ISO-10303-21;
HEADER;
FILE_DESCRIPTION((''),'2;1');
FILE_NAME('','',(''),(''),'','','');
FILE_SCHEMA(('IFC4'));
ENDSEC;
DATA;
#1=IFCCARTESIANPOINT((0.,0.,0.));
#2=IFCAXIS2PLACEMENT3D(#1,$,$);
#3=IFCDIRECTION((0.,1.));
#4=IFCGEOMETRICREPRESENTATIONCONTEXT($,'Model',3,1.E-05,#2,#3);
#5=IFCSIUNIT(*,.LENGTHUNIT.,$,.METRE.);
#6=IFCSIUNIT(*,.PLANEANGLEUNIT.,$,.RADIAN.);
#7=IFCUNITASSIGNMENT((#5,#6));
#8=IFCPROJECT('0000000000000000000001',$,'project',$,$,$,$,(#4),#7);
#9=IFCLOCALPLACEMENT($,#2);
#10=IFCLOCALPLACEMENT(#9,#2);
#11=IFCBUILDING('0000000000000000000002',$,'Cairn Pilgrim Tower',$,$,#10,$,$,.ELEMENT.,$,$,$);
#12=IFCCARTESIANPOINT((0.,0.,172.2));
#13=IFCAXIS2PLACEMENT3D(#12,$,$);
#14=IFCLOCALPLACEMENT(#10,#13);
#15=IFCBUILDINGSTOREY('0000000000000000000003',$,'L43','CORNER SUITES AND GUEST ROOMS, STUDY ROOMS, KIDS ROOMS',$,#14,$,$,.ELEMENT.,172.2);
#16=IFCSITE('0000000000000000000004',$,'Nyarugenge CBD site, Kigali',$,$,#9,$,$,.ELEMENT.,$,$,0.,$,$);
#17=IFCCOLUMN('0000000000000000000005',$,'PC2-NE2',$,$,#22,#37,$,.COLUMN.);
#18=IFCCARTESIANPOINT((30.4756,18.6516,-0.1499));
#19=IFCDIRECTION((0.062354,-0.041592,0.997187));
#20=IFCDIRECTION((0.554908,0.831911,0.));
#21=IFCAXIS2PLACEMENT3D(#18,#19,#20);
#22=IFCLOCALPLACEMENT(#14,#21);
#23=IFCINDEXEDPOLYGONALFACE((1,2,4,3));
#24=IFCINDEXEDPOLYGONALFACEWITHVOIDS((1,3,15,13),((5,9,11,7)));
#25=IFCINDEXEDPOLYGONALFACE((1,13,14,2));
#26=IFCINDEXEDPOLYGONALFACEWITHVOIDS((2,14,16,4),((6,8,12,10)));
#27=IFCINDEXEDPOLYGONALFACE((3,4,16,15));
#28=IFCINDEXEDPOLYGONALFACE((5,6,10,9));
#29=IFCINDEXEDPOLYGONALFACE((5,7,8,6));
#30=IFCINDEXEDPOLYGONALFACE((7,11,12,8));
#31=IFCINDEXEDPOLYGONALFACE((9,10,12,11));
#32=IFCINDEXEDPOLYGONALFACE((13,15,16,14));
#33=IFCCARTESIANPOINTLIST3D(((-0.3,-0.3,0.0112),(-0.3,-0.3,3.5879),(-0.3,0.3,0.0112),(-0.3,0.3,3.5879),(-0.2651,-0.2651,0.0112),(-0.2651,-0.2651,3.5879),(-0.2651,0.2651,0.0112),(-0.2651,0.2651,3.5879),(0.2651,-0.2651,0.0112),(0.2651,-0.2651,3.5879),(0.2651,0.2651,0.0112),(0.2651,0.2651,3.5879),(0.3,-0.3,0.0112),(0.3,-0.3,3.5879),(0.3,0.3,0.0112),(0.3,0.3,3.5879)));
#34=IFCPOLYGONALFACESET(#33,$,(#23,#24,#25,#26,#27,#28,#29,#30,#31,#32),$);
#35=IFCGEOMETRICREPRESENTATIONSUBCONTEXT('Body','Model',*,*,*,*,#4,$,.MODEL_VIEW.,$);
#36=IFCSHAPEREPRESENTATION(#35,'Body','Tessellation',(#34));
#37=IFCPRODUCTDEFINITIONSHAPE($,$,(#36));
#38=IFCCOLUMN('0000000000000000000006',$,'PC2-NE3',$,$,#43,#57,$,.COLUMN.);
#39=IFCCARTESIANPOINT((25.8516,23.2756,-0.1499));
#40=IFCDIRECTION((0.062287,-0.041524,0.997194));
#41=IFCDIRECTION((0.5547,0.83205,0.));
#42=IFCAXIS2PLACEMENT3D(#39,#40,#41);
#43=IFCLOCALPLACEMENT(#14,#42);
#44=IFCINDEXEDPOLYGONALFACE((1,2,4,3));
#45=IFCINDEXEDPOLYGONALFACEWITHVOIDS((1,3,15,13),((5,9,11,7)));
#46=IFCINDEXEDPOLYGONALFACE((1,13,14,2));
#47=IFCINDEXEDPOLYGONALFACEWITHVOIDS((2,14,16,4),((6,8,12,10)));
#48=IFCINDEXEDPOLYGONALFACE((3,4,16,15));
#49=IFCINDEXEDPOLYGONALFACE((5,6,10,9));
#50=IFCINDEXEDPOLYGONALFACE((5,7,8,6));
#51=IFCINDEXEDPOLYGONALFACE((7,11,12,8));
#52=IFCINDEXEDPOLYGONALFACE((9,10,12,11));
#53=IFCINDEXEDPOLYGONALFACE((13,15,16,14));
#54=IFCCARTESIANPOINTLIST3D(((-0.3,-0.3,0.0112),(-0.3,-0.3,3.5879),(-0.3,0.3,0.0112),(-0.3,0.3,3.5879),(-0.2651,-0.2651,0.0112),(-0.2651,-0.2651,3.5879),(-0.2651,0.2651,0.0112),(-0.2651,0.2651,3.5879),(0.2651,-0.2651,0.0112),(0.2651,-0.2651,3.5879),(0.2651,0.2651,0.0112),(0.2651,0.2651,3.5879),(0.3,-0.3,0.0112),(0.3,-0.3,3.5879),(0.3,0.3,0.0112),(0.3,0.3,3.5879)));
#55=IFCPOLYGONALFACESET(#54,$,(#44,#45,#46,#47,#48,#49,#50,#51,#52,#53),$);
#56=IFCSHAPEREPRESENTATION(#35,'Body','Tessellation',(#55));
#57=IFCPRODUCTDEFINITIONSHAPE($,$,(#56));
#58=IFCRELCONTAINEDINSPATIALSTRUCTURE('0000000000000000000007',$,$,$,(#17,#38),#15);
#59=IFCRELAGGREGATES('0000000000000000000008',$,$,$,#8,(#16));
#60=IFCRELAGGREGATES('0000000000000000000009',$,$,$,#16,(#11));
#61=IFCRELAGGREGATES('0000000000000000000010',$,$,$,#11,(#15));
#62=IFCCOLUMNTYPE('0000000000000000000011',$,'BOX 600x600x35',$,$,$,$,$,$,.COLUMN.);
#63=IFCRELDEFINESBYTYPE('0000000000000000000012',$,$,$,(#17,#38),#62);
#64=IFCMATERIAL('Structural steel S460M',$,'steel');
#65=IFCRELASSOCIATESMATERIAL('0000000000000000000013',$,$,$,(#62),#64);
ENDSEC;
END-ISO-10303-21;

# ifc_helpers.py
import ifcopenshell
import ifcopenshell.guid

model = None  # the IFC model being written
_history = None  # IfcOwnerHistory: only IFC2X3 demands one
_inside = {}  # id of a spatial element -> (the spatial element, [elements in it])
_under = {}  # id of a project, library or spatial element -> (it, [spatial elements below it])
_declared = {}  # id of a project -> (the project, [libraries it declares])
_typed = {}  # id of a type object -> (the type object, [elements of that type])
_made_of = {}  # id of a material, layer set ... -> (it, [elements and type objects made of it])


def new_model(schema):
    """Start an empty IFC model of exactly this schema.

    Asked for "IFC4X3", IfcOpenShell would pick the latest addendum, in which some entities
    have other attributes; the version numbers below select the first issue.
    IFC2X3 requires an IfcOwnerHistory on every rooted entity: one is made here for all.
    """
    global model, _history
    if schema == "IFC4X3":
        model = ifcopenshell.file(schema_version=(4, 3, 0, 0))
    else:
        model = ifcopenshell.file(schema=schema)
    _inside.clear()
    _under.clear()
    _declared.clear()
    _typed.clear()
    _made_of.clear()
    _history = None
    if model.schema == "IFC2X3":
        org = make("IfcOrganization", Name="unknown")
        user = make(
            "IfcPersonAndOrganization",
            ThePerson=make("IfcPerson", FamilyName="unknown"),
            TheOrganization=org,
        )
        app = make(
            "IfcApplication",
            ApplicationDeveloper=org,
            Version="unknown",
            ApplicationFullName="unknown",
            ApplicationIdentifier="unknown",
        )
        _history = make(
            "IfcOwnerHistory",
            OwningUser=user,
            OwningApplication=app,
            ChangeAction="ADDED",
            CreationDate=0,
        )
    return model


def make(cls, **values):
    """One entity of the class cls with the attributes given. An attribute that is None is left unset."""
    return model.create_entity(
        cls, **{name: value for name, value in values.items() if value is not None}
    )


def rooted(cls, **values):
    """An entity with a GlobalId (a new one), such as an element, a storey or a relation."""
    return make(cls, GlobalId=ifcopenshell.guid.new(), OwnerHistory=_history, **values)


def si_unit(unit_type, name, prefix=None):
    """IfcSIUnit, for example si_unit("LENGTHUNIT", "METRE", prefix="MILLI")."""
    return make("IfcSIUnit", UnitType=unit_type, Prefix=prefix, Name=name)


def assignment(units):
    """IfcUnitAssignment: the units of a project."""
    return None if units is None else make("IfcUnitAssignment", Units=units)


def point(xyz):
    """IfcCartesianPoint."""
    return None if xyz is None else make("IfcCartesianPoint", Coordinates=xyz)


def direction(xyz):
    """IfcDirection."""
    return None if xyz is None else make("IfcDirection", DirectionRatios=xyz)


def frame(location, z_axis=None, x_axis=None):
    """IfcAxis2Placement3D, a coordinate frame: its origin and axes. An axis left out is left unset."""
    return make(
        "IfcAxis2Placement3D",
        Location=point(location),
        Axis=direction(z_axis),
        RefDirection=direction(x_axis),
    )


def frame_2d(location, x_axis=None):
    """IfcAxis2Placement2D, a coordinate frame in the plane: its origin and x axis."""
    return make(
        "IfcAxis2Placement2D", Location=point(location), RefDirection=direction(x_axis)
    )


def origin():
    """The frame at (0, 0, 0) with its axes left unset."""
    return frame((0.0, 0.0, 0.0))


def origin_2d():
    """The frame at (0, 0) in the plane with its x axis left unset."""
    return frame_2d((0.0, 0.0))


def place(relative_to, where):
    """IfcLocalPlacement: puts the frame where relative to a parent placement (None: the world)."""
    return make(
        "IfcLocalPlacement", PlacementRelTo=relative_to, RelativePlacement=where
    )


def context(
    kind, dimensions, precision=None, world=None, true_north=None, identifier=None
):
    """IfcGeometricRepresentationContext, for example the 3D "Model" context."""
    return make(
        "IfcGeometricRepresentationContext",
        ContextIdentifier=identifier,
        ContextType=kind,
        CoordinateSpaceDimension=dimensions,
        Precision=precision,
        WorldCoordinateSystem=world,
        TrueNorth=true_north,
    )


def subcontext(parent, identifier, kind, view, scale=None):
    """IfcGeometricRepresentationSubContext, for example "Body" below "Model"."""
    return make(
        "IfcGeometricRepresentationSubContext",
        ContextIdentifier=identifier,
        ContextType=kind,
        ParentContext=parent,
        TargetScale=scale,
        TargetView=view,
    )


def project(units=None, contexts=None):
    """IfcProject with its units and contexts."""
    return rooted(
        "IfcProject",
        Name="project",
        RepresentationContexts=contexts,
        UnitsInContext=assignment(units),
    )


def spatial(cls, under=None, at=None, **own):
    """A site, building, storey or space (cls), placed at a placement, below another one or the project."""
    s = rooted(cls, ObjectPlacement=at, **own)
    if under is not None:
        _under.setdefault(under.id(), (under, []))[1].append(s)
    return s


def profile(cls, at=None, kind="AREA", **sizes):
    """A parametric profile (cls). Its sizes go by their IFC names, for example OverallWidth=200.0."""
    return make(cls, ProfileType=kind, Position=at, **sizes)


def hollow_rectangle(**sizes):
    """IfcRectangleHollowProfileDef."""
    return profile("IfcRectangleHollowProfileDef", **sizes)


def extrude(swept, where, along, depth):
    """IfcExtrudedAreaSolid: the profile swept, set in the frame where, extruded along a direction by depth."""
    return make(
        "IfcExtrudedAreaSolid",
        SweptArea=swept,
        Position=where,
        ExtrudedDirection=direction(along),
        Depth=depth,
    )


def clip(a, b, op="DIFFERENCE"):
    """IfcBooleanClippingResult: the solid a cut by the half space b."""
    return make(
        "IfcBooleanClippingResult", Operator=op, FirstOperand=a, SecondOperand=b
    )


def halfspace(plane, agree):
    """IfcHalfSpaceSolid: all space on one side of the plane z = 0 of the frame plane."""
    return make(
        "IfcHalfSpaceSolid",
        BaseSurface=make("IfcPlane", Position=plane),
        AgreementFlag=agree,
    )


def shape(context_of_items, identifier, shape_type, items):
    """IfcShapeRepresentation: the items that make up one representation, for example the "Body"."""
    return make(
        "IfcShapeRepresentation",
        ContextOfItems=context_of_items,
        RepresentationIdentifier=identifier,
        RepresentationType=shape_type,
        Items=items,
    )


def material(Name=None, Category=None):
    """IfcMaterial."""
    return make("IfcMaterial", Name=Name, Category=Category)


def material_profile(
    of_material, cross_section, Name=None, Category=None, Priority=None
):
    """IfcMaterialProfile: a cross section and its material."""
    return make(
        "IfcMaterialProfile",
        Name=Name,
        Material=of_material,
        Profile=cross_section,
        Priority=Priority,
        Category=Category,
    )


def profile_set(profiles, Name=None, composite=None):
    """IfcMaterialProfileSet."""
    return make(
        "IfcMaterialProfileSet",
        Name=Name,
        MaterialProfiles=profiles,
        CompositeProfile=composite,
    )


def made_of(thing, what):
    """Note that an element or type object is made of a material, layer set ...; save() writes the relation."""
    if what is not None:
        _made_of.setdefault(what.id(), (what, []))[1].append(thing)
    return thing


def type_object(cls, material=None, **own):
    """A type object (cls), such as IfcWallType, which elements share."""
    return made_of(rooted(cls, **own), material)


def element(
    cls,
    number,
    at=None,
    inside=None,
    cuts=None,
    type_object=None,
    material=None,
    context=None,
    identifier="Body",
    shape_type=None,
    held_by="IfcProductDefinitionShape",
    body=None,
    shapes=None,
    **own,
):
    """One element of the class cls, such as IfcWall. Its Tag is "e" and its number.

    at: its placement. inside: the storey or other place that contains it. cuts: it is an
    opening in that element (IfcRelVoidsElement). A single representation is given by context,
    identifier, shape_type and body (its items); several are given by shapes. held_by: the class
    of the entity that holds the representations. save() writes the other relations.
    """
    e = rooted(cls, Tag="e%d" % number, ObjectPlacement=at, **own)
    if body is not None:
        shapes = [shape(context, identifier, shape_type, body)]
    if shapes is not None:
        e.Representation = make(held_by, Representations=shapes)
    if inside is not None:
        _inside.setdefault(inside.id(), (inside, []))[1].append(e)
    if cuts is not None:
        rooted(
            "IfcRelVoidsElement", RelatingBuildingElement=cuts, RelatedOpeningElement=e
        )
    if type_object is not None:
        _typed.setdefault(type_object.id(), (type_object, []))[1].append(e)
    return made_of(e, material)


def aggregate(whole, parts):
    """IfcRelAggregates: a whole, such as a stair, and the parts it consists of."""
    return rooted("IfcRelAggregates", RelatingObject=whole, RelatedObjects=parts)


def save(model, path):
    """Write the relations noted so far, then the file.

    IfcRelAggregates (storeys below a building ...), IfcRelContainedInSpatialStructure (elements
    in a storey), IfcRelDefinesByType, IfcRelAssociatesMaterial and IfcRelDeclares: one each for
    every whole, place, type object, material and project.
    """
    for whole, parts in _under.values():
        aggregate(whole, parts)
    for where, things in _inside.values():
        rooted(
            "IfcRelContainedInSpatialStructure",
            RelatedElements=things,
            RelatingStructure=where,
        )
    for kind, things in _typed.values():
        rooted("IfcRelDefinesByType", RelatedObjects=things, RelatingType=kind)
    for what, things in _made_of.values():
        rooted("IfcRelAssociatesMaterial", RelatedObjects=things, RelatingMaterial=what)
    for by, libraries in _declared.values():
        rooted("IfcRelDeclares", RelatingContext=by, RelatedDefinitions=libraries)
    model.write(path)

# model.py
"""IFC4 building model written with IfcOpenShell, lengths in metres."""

from ifc_helpers import new_model, si_unit, direction, frame, origin, origin_2d, place, context, subcontext, project, spatial, hollow_rectangle, extrude, clip, halfspace, material, material_profile, profile_set, type_object, element, save


model = new_model("IFC4")

# Units and contexts
model_context = context("Model", 3, precision=1e-05, world=origin(), true_north=direction((0.0, 1.0)))
body_context = subcontext(model_context, "Body", "Model", "MODEL_VIEW")
ifc_project = project(units=[si_unit("LENGTHUNIT", "METRE"), si_unit("PLANEANGLEUNIT", "RADIAN")], contexts=[model_context])

# Site, building, storey
site_placement = place(None, origin())
site = spatial("IfcSite", under=ifc_project, at=site_placement, Name="Nyarugenge CBD site, Kigali", CompositionType="ELEMENT", RefElevation=0.0)
building_placement = place(site_placement, origin())
building = spatial("IfcBuilding", under=site, at=building_placement, Name="Cairn Pilgrim Tower", CompositionType="ELEMENT")
storey_placement = place(building_placement, frame((0.0, 0.0, 172.2)))
storey = spatial("IfcBuildingStorey", under=building, at=storey_placement, Name="L43", Description="CORNER SUITES AND GUEST ROOMS, STUDY ROOMS, KIDS ROOMS", CompositionType="ELEMENT", Elevation=172.2)

# Columns
ifc_material_1 = material(Name="Structural steel S460M", Category="steel")
ifc_material_profile_1 = material_profile(ifc_material_1, hollow_rectangle(XDim=0.6001, YDim=0.6001, WallThickness=0.0349, at=origin_2d()), Name="BOX 600x600x35")
ifc_profile_set_1 = profile_set([ifc_material_profile_1], Name="Structural steel S460M")
column_type = type_object("IfcColumnType", Name="BOX 600x600x35", PredefinedType="COLUMN", material=ifc_profile_set_1)
column_1_placement = place(storey_placement, frame((30.4756, 18.6516, -0.1499), z_axis=(0.062354, -0.041592, 0.997187), x_axis=(0.554908, 0.831911, 0.0)))
element("IfcColumn", 1, at=column_1_placement, inside=storey, type_object=column_type, Name="PC2-NE2", PredefinedType="COLUMN", context=body_context, shape_type="Clipping", body=[
    clip(clip(extrude(hollow_rectangle(XDim=0.6001, YDim=0.6001, WallThickness=0.0349, at=origin_2d()), origin(), (0.0, 0.0, 1.0), 3.6101), halfspace(frame((0.0, 0.0, 0.0112), z_axis=(0.0, 0.0, 1.0), x_axis=(1.0, 0.0, 0.0)), True)), halfspace(frame((0.0, 0.0, 3.5879), z_axis=(0.0, 0.0, 1.0), x_axis=(1.0, 0.0, 0.0)), False)),
])
column_2_placement = place(storey_placement, frame((25.8516, 23.2756, -0.1499), z_axis=(0.062287, -0.041524, 0.997194), x_axis=(0.5547, 0.83205, 0.0)))
element("IfcColumn", 2, at=column_2_placement, inside=storey, type_object=column_type, Name="PC2-NE3", PredefinedType="COLUMN", context=body_context, shape_type="Clipping", body=[
    clip(clip(extrude(hollow_rectangle(XDim=0.6001, YDim=0.6001, WallThickness=0.0349, at=origin_2d()), origin(), (0.0, 0.0, 1.0), 3.6099), halfspace(frame((0.0, 0.0, 0.0112), z_axis=(0.0, 0.0, 1.0), x_axis=(1.0, 0.0, 0.0)), True)), halfspace(frame((0.0, 0.0, 3.5879), z_axis=(0.0, 0.0, 1.0), x_axis=(1.0, 0.0, 0.0)), False)),
])

save(model, "model.ifc")
